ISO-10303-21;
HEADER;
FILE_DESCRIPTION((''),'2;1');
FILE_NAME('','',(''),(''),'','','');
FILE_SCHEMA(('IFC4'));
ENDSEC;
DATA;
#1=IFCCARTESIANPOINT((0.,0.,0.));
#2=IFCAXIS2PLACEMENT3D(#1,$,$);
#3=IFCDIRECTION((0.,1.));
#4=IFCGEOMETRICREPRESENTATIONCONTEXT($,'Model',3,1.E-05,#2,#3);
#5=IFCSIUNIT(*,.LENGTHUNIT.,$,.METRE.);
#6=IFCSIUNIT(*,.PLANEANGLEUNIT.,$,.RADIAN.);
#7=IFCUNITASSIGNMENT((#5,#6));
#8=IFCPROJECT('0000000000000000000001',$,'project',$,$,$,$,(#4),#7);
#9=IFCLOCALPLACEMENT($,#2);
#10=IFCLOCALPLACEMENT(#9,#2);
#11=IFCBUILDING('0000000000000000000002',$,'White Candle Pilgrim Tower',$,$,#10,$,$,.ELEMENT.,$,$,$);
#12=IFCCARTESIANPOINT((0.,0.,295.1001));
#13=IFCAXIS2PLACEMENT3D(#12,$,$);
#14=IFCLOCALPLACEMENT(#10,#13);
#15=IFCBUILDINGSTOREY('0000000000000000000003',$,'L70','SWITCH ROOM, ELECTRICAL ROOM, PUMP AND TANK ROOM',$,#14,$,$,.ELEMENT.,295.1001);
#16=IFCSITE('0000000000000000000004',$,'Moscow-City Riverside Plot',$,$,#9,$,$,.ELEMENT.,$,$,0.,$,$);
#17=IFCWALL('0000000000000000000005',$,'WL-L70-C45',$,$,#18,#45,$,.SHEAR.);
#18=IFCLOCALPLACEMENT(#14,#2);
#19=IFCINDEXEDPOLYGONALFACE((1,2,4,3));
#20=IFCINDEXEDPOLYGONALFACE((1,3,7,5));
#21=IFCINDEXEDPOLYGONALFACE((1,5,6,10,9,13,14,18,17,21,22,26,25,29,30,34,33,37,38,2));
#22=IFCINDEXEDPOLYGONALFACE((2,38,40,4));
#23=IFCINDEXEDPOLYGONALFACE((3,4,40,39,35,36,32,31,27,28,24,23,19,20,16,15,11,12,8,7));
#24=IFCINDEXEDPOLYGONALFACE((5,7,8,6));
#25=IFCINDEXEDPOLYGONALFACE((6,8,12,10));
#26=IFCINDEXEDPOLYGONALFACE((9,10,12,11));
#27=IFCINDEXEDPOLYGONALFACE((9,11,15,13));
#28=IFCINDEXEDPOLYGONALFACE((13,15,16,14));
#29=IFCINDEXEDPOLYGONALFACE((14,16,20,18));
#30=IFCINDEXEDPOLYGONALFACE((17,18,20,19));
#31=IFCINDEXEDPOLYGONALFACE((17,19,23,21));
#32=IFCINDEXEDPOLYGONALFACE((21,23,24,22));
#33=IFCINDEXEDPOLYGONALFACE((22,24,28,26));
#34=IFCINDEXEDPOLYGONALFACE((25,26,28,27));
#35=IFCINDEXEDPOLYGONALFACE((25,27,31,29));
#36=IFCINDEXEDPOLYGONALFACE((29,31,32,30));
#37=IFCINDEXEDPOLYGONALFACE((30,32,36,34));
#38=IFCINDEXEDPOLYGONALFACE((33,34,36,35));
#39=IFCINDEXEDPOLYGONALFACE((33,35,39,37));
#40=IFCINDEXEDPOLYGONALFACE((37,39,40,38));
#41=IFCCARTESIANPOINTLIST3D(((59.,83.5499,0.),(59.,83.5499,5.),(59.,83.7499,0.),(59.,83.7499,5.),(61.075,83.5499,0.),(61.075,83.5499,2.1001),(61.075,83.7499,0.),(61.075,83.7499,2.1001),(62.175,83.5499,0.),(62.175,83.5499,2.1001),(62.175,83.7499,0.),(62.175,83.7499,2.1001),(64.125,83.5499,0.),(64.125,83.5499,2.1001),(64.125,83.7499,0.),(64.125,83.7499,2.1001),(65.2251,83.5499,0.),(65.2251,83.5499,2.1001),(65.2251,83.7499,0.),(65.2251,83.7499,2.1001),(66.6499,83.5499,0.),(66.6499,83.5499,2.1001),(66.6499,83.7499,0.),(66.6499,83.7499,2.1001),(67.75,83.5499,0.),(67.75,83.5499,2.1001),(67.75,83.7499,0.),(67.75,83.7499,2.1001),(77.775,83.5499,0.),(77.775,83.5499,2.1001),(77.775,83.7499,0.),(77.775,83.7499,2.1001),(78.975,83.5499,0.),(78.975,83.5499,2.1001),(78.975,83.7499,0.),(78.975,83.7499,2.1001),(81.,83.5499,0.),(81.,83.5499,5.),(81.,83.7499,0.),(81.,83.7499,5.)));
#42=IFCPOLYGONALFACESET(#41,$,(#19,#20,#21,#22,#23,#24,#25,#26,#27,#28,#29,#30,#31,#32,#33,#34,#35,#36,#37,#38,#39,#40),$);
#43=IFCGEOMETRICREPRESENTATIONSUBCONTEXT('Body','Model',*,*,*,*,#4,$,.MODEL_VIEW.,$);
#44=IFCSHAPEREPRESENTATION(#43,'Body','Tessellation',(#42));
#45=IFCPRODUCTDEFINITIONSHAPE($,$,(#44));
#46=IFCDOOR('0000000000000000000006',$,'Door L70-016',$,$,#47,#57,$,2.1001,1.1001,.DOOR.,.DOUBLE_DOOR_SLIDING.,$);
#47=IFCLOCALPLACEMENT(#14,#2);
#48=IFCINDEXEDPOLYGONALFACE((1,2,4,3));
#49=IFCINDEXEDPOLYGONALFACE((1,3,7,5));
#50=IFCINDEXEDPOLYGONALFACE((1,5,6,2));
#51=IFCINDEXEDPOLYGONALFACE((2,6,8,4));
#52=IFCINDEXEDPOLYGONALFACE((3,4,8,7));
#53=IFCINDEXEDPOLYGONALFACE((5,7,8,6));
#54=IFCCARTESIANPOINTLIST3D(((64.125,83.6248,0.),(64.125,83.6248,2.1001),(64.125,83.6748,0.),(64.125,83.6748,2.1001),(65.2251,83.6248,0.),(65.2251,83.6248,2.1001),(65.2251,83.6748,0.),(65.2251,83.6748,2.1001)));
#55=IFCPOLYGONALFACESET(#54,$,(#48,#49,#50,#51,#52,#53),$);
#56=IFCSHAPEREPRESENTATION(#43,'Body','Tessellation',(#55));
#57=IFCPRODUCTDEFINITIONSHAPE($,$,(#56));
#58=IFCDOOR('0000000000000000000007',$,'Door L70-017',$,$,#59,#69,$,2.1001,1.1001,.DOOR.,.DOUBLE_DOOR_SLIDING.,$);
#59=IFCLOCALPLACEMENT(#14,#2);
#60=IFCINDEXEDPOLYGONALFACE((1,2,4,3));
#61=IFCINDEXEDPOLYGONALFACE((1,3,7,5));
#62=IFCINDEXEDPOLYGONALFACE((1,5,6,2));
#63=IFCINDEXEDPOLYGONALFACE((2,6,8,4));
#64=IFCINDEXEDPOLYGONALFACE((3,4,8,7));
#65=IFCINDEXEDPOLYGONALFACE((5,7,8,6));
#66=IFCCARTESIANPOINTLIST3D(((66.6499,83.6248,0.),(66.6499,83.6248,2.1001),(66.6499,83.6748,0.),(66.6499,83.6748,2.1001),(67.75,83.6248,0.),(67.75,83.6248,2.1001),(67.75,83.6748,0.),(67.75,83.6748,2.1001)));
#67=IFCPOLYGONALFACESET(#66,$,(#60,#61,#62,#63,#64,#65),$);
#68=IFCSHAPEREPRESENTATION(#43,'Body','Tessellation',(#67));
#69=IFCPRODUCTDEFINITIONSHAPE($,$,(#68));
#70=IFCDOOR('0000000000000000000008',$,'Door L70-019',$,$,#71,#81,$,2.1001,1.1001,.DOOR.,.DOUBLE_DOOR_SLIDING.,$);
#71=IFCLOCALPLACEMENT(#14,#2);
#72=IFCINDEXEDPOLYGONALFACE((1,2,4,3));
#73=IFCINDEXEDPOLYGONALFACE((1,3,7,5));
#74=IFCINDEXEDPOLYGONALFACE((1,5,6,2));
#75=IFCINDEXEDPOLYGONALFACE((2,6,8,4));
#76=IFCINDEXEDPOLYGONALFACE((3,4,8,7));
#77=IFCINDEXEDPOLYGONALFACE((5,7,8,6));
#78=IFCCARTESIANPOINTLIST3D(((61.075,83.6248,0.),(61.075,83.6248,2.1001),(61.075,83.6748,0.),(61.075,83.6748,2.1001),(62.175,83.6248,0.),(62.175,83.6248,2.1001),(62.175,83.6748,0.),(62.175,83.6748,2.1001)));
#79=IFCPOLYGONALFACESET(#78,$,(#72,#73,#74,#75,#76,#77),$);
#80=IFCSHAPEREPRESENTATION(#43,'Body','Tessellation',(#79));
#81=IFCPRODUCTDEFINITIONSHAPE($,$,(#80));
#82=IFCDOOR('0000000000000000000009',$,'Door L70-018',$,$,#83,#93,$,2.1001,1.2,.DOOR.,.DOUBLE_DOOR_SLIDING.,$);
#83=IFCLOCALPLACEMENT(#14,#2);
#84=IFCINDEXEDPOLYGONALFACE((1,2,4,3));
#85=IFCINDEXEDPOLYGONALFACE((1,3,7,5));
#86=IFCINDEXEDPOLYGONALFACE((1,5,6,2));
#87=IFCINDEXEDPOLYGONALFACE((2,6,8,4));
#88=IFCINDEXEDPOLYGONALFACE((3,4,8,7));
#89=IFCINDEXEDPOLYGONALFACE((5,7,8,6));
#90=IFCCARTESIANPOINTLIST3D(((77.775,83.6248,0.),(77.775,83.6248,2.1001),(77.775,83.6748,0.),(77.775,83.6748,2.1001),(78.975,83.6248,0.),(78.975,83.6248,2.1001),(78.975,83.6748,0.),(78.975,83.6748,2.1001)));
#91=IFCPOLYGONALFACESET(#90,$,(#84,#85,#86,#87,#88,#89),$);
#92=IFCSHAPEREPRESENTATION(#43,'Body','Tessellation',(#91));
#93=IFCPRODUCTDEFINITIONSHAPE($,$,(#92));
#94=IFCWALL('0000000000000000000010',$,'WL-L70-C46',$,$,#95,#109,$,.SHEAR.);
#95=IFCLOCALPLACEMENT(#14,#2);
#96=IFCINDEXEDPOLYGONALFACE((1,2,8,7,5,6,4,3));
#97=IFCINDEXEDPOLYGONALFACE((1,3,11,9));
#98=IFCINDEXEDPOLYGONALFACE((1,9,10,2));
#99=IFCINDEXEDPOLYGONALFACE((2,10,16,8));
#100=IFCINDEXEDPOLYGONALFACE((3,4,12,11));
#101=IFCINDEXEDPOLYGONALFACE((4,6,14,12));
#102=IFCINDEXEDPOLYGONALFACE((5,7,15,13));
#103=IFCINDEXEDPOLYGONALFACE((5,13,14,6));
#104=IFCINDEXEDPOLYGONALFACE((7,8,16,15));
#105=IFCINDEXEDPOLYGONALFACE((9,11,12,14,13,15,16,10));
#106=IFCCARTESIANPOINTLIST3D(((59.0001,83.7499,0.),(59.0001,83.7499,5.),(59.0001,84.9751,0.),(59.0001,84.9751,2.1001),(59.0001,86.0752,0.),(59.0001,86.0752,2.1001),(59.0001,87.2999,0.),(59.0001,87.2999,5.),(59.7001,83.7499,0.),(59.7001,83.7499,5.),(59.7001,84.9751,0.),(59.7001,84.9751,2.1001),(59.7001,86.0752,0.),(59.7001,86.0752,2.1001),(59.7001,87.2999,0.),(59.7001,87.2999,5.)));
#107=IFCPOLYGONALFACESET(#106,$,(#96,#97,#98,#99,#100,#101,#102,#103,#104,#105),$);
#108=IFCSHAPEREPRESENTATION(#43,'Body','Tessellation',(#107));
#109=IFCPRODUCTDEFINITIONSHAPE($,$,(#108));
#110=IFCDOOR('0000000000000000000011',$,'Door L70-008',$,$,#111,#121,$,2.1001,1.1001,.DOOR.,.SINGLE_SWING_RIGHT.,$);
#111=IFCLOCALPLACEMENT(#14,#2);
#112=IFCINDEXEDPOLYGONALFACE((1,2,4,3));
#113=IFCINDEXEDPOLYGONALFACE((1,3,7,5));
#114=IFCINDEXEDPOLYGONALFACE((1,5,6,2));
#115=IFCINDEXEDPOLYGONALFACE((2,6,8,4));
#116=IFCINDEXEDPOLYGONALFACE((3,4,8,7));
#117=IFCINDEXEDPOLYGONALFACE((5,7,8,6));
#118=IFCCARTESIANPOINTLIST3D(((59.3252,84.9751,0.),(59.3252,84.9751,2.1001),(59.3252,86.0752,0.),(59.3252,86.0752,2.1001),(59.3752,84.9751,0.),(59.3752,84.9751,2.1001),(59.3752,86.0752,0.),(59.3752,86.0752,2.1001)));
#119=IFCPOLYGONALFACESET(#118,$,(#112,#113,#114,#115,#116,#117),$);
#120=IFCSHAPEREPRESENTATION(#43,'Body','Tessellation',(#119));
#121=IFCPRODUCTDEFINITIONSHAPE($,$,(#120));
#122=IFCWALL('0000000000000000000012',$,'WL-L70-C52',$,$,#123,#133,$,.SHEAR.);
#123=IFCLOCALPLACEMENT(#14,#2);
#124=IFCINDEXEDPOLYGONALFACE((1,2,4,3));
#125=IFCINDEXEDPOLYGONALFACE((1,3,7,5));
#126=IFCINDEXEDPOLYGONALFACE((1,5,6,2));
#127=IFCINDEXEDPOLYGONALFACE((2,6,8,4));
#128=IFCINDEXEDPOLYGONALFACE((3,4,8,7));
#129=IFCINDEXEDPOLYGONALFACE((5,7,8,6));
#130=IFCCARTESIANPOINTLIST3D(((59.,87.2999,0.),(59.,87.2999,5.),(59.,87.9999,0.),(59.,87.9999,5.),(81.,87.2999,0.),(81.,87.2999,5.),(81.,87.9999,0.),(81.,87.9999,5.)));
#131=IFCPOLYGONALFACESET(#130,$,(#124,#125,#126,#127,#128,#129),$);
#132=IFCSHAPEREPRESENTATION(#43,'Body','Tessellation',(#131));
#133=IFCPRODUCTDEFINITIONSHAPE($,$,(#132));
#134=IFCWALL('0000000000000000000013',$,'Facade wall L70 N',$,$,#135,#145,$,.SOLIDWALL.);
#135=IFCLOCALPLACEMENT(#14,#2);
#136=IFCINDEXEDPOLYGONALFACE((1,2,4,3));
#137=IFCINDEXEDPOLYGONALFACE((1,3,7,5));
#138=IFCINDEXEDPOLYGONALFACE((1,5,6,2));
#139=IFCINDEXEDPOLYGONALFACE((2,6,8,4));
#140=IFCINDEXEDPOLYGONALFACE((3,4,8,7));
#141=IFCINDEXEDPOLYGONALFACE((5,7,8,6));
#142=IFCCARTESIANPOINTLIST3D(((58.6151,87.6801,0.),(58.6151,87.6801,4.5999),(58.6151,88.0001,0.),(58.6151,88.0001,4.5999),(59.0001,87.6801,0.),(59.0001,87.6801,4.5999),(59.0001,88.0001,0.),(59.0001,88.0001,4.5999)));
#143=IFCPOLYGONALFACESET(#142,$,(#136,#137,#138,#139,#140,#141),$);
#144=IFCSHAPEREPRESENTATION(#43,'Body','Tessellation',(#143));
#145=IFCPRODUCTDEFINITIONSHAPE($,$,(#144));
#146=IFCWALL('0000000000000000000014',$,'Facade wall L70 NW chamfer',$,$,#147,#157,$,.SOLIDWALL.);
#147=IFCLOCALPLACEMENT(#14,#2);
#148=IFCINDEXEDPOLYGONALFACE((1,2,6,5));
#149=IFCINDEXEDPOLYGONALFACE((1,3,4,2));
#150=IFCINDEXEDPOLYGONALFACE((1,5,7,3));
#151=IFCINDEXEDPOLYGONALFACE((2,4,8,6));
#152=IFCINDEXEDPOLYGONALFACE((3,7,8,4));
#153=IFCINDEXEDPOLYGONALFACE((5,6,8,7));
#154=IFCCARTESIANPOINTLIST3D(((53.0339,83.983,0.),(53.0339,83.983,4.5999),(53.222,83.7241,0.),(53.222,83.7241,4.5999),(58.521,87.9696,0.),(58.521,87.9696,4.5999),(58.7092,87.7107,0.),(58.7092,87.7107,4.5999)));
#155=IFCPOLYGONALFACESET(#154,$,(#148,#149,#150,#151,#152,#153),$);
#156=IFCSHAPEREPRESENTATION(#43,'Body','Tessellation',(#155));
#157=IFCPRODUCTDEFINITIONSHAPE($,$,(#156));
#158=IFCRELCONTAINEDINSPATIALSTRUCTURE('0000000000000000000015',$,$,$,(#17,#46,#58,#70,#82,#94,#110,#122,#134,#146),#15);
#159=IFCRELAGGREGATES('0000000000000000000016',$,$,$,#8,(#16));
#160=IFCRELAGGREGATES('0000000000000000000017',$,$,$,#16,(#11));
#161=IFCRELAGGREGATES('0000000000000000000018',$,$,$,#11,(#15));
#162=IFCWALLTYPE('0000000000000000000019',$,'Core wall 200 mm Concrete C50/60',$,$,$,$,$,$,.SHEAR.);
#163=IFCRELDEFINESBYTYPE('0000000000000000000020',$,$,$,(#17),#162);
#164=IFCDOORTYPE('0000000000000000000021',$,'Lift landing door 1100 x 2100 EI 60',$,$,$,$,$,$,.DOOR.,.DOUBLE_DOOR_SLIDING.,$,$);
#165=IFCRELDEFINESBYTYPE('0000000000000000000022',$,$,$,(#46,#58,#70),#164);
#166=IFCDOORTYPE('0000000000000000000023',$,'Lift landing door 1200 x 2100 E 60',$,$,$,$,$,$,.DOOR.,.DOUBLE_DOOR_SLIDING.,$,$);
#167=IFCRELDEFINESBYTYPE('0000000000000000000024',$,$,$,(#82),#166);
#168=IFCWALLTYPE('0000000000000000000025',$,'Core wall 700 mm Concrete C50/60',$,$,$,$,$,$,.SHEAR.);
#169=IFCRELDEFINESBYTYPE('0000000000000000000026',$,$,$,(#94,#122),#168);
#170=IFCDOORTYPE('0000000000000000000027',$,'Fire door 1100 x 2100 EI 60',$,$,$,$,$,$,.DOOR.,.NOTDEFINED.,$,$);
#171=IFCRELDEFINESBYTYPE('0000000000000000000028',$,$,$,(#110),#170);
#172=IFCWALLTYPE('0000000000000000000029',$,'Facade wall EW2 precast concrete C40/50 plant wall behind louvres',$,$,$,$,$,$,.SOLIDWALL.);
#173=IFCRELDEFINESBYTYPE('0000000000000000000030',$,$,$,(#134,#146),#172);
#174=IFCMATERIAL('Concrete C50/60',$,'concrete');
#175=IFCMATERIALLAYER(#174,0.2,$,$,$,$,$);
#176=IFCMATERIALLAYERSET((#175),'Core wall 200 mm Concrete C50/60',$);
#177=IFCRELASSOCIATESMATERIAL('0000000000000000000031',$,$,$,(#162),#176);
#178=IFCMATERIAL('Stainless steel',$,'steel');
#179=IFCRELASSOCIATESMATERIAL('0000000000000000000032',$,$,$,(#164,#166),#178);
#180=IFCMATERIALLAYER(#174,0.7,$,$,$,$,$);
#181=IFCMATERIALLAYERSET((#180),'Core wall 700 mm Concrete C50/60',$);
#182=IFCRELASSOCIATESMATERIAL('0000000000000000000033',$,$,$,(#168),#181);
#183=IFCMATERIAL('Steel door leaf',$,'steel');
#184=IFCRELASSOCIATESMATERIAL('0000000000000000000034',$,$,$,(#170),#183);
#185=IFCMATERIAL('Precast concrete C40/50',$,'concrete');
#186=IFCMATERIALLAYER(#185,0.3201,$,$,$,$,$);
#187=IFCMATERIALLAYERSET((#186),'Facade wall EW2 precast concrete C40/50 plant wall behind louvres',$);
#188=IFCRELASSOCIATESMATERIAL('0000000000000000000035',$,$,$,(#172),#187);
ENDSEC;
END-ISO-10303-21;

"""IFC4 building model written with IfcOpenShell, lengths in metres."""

from ifc_helpers import new_model, si_unit, direction, frame, frame_2d, origin, place, context, subcontext, project, spatial, rectangle, extrude, material, layer, layer_set, type_object, element, fill, save


model = new_model("IFC4")

# Units and contexts
model_context = context("Model", 3, precision=1e-05, world=origin(), true_north=direction((0.0, 1.0)))
body_context = subcontext(model_context, "Body", "Model", "MODEL_VIEW")
ifc_project = project(units=[si_unit("LENGTHUNIT", "METRE"), si_unit("PLANEANGLEUNIT", "RADIAN")], contexts=[model_context])

# Site, building, storey
site_placement = place(None, origin())
site = spatial("IfcSite", under=ifc_project, at=site_placement, Name="Moscow-City Riverside Plot", CompositionType="ELEMENT", RefElevation=0.0)
building_placement = place(site_placement, origin())
building = spatial("IfcBuilding", under=site, at=building_placement, Name="White Candle Pilgrim Tower", CompositionType="ELEMENT")
storey_placement = place(building_placement, frame((0.0, 0.0, 295.1001)))
storey = spatial("IfcBuildingStorey", under=building, at=storey_placement, Name="L70", Description="SWITCH ROOM, ELECTRICAL ROOM, PUMP AND TANK ROOM", CompositionType="ELEMENT", Elevation=295.1001)

# Shared definitions
ifc_material_1 = material(Name="Concrete C50/60", Category="concrete")
ifc_layer_1 = layer(ifc_material_1, 0.2)
ifc_layer_set_1 = layer_set([ifc_layer_1], Name="Core wall 200 mm Concrete C50/60")
wall_type_1 = type_object("IfcWallType", Name="Core wall 200 mm Concrete C50/60", PredefinedType="SHEAR", material=ifc_layer_set_1)

# Wall, openings, doors
wall_1_placement = place(storey_placement, frame((59.0, 83.6499, 0.0), z_axis=(0.0, 0.0, 1.0), x_axis=(1.0, 0.0, 0.0)))
wall_1 = element("IfcWall", 1, at=wall_1_placement, inside=storey, type_object=wall_type_1, Name="WL-L70-C45", PredefinedType="SHEAR", context=body_context, shape_type="SweptSolid", body=[
    extrude(rectangle(XDim=22.0, YDim=0.2, at=frame_2d((11.0, 0.0))), origin(), (0.0, 0.0, 1.0), 5.0),
])
opening_1_placement = place(wall_1_placement, frame((5.125, 0.0, 0.0)))
opening_1 = element("IfcOpeningElement", 2, at=opening_1_placement, cuts=wall_1, PredefinedType="OPENING", context=body_context, shape_type="SweptSolid", body=[
    extrude(rectangle(XDim=1.1001, YDim=2.1001, at=frame_2d((0.55, 1.05))), frame((0.0, 0.1099, 0.0), z_axis=(0.0, -1.0, 0.0), x_axis=(1.0, 0.0, 0.0)), (0.0, 0.0, 1.0), 0.22),
])
opening_2_placement = place(wall_1_placement, frame((7.6499, 0.0, 0.0)))
opening_2 = element("IfcOpeningElement", 3, at=opening_2_placement, cuts=wall_1, PredefinedType="OPENING", context=body_context, shape_type="SweptSolid", body=[
    extrude(rectangle(XDim=1.1001, YDim=2.1001, at=frame_2d((0.55, 1.05))), frame((0.0, 0.1099, 0.0), z_axis=(0.0, -1.0, 0.0), x_axis=(1.0, 0.0, 0.0)), (0.0, 0.0, 1.0), 0.22),
])
opening_3_placement = place(wall_1_placement, frame((18.7749, 0.0, 0.0)))
opening_3 = element("IfcOpeningElement", 4, at=opening_3_placement, cuts=wall_1, PredefinedType="OPENING", context=body_context, shape_type="SweptSolid", body=[
    extrude(rectangle(XDim=1.2, YDim=2.1001, at=frame_2d((0.6001, 1.05))), frame((0.0, 0.1099, 0.0), z_axis=(0.0, -1.0, 0.0), x_axis=(1.0, 0.0, 0.0)), (0.0, 0.0, 1.0), 0.22),
])
opening_4_placement = place(wall_1_placement, frame((2.075, 0.0, 0.0)))
opening_4 = element("IfcOpeningElement", 5, at=opening_4_placement, cuts=wall_1, PredefinedType="OPENING", context=body_context, shape_type="SweptSolid", body=[
    extrude(rectangle(XDim=1.1001, YDim=2.1001, at=frame_2d((0.55, 1.05))), frame((0.0, 0.1099, 0.0), z_axis=(0.0, -1.0, 0.0), x_axis=(1.0, 0.0, 0.0)), (0.0, 0.0, 1.0), 0.22),
])
ifc_material_2 = material(Name="Stainless steel", Category="steel")
door_type_1 = type_object("IfcDoorType", Name="Lift landing door 1100 x 2100 EI 60", OperationType="DOUBLE_DOOR_SLIDING", PredefinedType="DOOR", material=ifc_material_2)
door_1_placement = place(opening_1_placement, origin())
door_1 = element("IfcDoor", 6, at=door_1_placement, inside=storey, type_object=door_type_1, Name="Door L70-016", OperationType="DOUBLE_DOOR_SLIDING", OverallHeight=2.1001, OverallWidth=1.1001, PredefinedType="DOOR", context=body_context, shape_type="SweptSolid", body=[
    extrude(rectangle(XDim=1.1001, YDim=2.1001, at=frame_2d((0.55, 1.05))), frame((0.0, 0.0249, 0.0), z_axis=(0.0, -1.0, 0.0), x_axis=(1.0, 0.0, 0.0)), (0.0, 0.0, 1.0), 0.05),
])
fill(opening_1, door_1)
door_2_placement = place(opening_2_placement, origin())
door_2 = element("IfcDoor", 7, at=door_2_placement, inside=storey, type_object=door_type_1, Name="Door L70-017", OperationType="DOUBLE_DOOR_SLIDING", OverallHeight=2.1001, OverallWidth=1.1001, PredefinedType="DOOR", context=body_context, shape_type="SweptSolid", body=[
    extrude(rectangle(XDim=1.1001, YDim=2.1001, at=frame_2d((0.55, 1.05))), frame((0.0, 0.0249, 0.0), z_axis=(0.0, -1.0, 0.0), x_axis=(1.0, 0.0, 0.0)), (0.0, 0.0, 1.0), 0.05),
])
fill(opening_2, door_2)
door_3_placement = place(opening_4_placement, origin())
door_3 = element("IfcDoor", 8, at=door_3_placement, inside=storey, type_object=door_type_1, Name="Door L70-019", OperationType="DOUBLE_DOOR_SLIDING", OverallHeight=2.1001, OverallWidth=1.1001, PredefinedType="DOOR", context=body_context, shape_type="SweptSolid", body=[
    extrude(rectangle(XDim=1.1001, YDim=2.1001, at=frame_2d((0.55, 1.05))), frame((0.0, 0.0249, 0.0), z_axis=(0.0, -1.0, 0.0), x_axis=(1.0, 0.0, 0.0)), (0.0, 0.0, 1.0), 0.05),
])
fill(opening_4, door_3)
door_type_2 = type_object("IfcDoorType", Name="Lift landing door 1200 x 2100 E 60", OperationType="DOUBLE_DOOR_SLIDING", PredefinedType="DOOR", material=ifc_material_2)
door_4_placement = place(opening_3_placement, origin())
door_4 = element("IfcDoor", 9, at=door_4_placement, inside=storey, type_object=door_type_2, Name="Door L70-018", OperationType="DOUBLE_DOOR_SLIDING", OverallHeight=2.1001, OverallWidth=1.2, PredefinedType="DOOR", context=body_context, shape_type="SweptSolid", body=[
    extrude(rectangle(XDim=1.2, YDim=2.1001, at=frame_2d((0.6001, 1.05))), frame((0.0, 0.0249, 0.0), z_axis=(0.0, -1.0, 0.0), x_axis=(1.0, 0.0, 0.0)), (0.0, 0.0, 1.0), 0.05),
])
fill(opening_3, door_4)

# Wall, opening, door
ifc_layer_2 = layer(ifc_material_1, 0.7)
ifc_layer_set_2 = layer_set([ifc_layer_2], Name="Core wall 700 mm Concrete C50/60")
wall_type_2 = type_object("IfcWallType", Name="Core wall 700 mm Concrete C50/60", PredefinedType="SHEAR", material=ifc_layer_set_2)
wall_2_placement = place(storey_placement, frame((59.3501, 83.75, 0.0), z_axis=(0.0, 0.0, 1.0), x_axis=(0.0, 1.0, 0.0)))
wall_2 = element("IfcWall", 10, at=wall_2_placement, inside=storey, type_object=wall_type_2, Name="WL-L70-C46", PredefinedType="SHEAR", context=body_context, shape_type="SweptSolid", body=[
    extrude(rectangle(XDim=3.55, YDim=0.7, at=frame_2d((1.7749, 0.0))), origin(), (0.0, 0.0, 1.0), 5.0),
])
opening_5_placement = place(wall_2_placement, frame((1.2251, 0.0, 0.0)))
opening_5 = element("IfcOpeningElement", 11, at=opening_5_placement, cuts=wall_2, PredefinedType="OPENING", context=body_context, shape_type="SweptSolid", body=[
    extrude(rectangle(XDim=1.1001, YDim=2.1001, at=frame_2d((0.55, 1.05))), frame((0.0, 0.3599, 0.0), z_axis=(0.0, -1.0, 0.0), x_axis=(1.0, 0.0, 0.0)), (0.0, 0.0, 1.0), 0.72),
])
ifc_material_3 = material(Name="Steel door leaf", Category="steel")
door_type_3 = type_object("IfcDoorType", Name="Fire door 1100 x 2100 EI 60", OperationType="NOTDEFINED", PredefinedType="DOOR", material=ifc_material_3)
door_5_placement = place(opening_5_placement, origin())
door_5 = element("IfcDoor", 12, at=door_5_placement, inside=storey, type_object=door_type_3, Name="Door L70-008", OperationType="SINGLE_SWING_RIGHT", OverallHeight=2.1001, OverallWidth=1.1001, PredefinedType="DOOR", context=body_context, shape_type="SweptSolid", body=[
    extrude(rectangle(XDim=1.1001, YDim=2.1001, at=frame_2d((0.55, 1.05))), frame((0.0, 0.0249, 0.0), z_axis=(0.0, -1.0, 0.0), x_axis=(1.0, 0.0, 0.0)), (0.0, 0.0, 1.0), 0.05),
])
fill(opening_5, door_5)

# Walls
wall_3_placement = place(storey_placement, frame((59.0, 87.6499, 0.0), z_axis=(0.0, 0.0, 1.0), x_axis=(1.0, 0.0, 0.0)))
element("IfcWall", 13, at=wall_3_placement, inside=storey, type_object=wall_type_2, Name="WL-L70-C52", PredefinedType="SHEAR", context=body_context, shape_type="SweptSolid", body=[
    extrude(rectangle(XDim=22.0, YDim=0.7, at=frame_2d((11.0, 0.0))), origin(), (0.0, 0.0, 1.0), 5.0),
])
ifc_material_4 = material(Name="Precast concrete C40/50", Category="concrete")
ifc_layer_3 = layer(ifc_material_4, 0.3201)
ifc_layer_set_3 = layer_set([ifc_layer_3], Name="Facade wall EW2 precast concrete C40/50 plant wall behind louvres")
wall_type_3 = type_object("IfcWallType", Name="Facade wall EW2 precast concrete C40/50 plant wall behind louvres", PredefinedType="SOLIDWALL", material=ifc_layer_set_3)
wall_4_placement = place(storey_placement, frame((59.0, 87.8401, 0.0), z_axis=(0.0, 0.0, 1.0), x_axis=(-1.0, 0.0, 0.0)))
element("IfcWall", 14, at=wall_4_placement, inside=storey, type_object=wall_type_3, Name="Facade wall L70 N", PredefinedType="SOLIDWALL", context=body_context, shape_type="SweptSolid", body=[
    extrude(rectangle(XDim=0.385, YDim=0.3201, at=frame_2d((0.1924, 0.0))), origin(), (0.0, 0.0, 1.0), 4.5999),
])
wall_5_placement = place(storey_placement, frame((58.615, 87.8401, 0.0), z_axis=(0.0, 0.0, 1.0), x_axis=(-0.809018, -0.587784, 0.0)))
element("IfcWall", 15, at=wall_5_placement, inside=storey, type_object=wall_type_3, Name="Facade wall L70 NW chamfer", PredefinedType="SOLIDWALL", context=body_context, shape_type="SweptSolid", body=[
    extrude(rectangle(XDim=6.7825, YDim=0.3201, at=frame_2d((3.3911, 0.0))), origin(), (0.0, 0.0, 1.0), 4.5999),
])

save(model, "model.ifc")
